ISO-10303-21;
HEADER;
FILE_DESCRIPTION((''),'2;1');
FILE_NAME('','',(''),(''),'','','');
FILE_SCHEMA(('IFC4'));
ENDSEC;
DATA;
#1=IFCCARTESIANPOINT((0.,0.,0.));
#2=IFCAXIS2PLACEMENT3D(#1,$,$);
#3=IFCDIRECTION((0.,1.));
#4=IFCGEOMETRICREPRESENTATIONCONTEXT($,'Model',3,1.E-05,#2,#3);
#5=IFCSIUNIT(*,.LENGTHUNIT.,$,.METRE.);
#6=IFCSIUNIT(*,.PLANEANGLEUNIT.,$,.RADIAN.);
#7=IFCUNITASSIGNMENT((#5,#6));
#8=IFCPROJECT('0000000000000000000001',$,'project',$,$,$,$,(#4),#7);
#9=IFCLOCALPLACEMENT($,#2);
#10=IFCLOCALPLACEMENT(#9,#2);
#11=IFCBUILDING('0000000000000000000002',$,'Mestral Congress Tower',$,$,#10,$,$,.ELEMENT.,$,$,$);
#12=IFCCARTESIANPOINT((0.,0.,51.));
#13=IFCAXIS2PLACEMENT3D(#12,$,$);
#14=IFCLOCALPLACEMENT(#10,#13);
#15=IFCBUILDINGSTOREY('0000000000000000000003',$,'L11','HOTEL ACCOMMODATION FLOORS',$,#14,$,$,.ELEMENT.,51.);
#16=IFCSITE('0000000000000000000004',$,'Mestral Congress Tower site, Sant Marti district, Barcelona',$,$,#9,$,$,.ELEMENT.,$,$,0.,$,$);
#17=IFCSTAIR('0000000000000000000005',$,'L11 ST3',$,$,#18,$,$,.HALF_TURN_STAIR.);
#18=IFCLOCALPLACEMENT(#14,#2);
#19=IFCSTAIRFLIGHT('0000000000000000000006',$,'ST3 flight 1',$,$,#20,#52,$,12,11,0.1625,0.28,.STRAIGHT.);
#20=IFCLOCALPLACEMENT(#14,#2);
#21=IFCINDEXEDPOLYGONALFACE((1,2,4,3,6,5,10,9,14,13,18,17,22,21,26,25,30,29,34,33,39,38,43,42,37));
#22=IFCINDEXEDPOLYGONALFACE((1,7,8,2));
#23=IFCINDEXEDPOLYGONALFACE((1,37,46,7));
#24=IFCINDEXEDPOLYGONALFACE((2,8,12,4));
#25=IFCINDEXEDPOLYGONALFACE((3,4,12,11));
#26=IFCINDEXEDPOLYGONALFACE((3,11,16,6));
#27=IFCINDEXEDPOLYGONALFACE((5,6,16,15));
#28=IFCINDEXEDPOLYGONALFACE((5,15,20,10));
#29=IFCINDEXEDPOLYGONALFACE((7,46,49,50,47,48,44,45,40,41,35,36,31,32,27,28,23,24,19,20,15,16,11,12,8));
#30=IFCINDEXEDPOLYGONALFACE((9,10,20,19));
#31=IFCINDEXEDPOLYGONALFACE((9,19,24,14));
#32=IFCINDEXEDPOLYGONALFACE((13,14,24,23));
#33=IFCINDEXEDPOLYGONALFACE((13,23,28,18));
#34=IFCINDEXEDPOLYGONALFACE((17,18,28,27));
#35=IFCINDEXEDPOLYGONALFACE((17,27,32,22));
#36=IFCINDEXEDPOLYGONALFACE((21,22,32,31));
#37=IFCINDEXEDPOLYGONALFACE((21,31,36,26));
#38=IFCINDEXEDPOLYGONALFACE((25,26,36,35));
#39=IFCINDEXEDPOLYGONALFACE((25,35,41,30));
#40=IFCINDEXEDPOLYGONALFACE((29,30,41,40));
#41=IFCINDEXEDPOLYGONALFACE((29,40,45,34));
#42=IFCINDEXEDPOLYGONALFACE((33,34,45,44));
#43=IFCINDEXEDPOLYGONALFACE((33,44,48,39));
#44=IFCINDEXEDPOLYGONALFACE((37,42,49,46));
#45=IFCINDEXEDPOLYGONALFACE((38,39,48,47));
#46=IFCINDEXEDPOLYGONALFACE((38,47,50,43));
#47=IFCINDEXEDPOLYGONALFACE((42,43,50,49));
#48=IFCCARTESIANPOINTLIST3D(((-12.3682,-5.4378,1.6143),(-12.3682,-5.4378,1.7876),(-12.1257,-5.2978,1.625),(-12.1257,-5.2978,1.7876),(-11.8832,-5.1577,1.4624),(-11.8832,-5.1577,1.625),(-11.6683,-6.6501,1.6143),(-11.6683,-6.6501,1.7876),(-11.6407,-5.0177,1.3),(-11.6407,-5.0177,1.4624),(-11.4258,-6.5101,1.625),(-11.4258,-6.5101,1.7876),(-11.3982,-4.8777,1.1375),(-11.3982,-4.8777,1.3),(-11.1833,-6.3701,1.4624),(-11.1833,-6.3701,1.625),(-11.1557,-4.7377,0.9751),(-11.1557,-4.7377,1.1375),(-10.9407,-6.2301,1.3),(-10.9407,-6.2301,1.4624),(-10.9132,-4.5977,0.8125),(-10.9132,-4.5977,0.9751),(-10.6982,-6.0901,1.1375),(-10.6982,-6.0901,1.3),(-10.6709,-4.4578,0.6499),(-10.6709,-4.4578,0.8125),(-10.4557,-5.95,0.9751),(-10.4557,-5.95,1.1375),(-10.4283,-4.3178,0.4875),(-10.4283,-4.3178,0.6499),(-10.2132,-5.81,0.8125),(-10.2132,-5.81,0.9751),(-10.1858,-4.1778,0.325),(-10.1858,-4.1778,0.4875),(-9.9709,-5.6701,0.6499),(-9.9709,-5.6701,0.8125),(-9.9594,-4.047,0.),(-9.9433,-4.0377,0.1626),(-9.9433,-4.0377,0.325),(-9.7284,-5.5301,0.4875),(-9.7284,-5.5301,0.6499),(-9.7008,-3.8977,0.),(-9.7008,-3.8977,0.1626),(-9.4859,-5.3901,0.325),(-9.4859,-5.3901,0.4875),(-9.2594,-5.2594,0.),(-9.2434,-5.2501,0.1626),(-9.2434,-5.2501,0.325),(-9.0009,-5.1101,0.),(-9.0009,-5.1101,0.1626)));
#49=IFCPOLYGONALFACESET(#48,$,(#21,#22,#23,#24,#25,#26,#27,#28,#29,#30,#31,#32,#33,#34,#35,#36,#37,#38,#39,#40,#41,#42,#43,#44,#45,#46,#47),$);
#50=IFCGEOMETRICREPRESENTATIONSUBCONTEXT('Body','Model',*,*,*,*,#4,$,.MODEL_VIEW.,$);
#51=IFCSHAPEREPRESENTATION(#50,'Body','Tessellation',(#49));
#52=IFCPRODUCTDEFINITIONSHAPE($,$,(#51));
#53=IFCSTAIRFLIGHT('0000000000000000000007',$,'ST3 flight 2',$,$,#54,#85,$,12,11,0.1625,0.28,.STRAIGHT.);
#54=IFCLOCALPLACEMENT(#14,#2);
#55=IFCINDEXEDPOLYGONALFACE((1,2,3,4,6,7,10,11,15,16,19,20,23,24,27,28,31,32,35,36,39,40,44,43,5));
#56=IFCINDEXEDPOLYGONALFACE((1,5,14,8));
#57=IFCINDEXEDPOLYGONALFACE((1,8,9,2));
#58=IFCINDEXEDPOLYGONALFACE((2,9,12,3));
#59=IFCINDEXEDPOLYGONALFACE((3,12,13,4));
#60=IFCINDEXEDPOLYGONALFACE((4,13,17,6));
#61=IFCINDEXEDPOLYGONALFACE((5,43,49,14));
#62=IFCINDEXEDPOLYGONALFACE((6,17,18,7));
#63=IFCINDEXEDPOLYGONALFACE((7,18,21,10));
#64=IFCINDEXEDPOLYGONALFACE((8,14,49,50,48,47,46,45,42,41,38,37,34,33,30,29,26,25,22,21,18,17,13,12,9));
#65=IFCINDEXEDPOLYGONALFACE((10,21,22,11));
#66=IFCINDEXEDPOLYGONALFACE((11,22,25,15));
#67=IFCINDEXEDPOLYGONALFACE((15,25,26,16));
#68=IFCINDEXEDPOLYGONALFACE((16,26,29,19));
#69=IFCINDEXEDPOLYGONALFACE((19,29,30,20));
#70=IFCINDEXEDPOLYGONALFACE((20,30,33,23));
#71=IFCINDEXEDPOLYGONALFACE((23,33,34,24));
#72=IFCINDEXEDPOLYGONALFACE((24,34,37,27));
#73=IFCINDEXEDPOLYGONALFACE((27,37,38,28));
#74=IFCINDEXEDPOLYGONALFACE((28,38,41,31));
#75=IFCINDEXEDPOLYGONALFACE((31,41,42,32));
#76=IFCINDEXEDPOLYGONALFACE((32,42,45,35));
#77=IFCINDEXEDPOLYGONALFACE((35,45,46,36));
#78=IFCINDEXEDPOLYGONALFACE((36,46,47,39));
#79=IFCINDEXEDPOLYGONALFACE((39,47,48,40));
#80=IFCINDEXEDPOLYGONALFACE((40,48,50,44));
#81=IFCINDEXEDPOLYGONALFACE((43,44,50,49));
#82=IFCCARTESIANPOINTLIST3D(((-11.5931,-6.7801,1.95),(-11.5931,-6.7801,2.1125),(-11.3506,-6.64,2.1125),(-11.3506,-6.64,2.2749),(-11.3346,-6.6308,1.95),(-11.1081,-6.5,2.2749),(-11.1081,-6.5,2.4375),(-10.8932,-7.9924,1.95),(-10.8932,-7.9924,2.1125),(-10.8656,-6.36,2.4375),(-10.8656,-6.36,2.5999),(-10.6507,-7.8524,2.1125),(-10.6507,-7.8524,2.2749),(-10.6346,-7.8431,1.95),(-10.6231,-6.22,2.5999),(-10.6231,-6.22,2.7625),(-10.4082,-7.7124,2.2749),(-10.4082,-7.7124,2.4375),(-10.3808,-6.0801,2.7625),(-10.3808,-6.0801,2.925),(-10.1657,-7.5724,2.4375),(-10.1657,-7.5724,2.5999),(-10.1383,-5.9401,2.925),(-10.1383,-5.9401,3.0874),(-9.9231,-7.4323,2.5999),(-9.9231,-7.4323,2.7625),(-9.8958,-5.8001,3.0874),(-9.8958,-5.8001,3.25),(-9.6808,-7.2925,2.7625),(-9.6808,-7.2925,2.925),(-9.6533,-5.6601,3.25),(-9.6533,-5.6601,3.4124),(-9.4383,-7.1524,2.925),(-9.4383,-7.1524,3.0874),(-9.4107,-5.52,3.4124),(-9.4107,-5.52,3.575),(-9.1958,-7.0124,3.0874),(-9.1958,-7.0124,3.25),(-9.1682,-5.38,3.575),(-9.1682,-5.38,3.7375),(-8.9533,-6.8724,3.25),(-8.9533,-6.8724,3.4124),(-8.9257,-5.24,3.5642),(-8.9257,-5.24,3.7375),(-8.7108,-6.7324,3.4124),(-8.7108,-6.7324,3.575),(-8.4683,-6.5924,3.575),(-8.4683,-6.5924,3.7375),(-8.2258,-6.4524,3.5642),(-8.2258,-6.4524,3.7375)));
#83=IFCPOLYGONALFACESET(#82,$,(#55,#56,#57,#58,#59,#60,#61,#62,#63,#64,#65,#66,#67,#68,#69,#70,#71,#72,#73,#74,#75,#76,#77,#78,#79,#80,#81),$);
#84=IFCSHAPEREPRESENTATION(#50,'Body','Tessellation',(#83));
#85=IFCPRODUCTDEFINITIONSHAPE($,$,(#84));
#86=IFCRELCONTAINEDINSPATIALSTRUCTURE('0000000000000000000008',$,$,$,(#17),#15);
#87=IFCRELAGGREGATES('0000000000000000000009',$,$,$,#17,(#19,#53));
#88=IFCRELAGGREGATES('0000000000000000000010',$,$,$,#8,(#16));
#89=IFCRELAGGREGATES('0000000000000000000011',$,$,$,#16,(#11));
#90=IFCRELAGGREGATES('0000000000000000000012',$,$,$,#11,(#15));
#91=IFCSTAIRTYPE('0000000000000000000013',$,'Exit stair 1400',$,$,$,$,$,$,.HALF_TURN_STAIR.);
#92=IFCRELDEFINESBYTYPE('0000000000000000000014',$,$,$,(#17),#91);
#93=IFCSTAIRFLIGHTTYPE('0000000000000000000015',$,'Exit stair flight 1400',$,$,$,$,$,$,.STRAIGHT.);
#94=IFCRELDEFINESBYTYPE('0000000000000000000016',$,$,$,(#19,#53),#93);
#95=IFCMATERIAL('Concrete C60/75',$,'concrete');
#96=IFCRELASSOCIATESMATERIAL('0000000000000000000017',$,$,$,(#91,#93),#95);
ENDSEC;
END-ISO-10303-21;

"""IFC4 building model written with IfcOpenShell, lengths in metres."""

from ifc_helpers import new_model, si_unit, direction, frame, origin, place, context, subcontext, project, spatial, polyline, outline, extrude, material, type_object, element, aggregate, save


model = new_model("IFC4")

# Units and contexts
model_context = context("Model", 3, precision=1e-05, world=origin(), true_north=direction((0.0, 1.0)))
body_context = subcontext(model_context, "Body", "Model", "MODEL_VIEW")
ifc_project = project(units=[si_unit("LENGTHUNIT", "METRE"), si_unit("PLANEANGLEUNIT", "RADIAN")], contexts=[model_context])

# Site, building, storey
site_placement = place(None, origin())
site = spatial("IfcSite", under=ifc_project, at=site_placement, Name="Mestral Congress Tower site, Sant Marti district, Barcelona", CompositionType="ELEMENT", RefElevation=0.0)
building_placement = place(site_placement, origin())
building = spatial("IfcBuilding", under=site, at=building_placement, Name="Mestral Congress Tower", CompositionType="ELEMENT")
storey_placement = place(building_placement, frame((0.0, 0.0, 51.0)))
storey = spatial("IfcBuildingStorey", under=building, at=storey_placement, Name="L11", Description="HOTEL ACCOMMODATION FLOORS", CompositionType="ELEMENT", Elevation=51.0)

# Shared definitions
ifc_material_1 = material(Name="Concrete C60/75", Category="concrete")

# Stair, stair flights
stair_type = type_object("IfcStairType", Name="Exit stair 1400", PredefinedType="HALF_TURN_STAIR", material=ifc_material_1)
stair_placement = place(storey_placement, origin())
stair = element("IfcStair", 1, at=stair_placement, inside=storey, type_object=stair_type, Name="L11 ST3", PredefinedType="HALF_TURN_STAIR")
stair_flight_type = type_object("IfcStairFlightType", Name="Exit stair flight 1400", PredefinedType="STRAIGHT", material=ifc_material_1)
stair_flight_1_placement = place(storey_placement, frame((-9.3508, -4.5039, 0.0), z_axis=(0.0, 0.0, 1.0), x_axis=(-0.866025, -0.5, 0.0)))
stair_flight_1 = element("IfcStairFlight", 2, at=stair_flight_1_placement, type_object=stair_flight_type, Name="ST3 flight 1", NumberOfRisers=12, NumberOfTreads=11, PredefinedType="STRAIGHT", RiserHeight=0.1625, TreadLength=0.28, context=body_context, shape_type="SweptSolid", body=[
    extrude(outline(polyline([(0.0, 0.0), (0.0, 0.1626), (0.28, 0.1626), (0.28, 0.325), (0.5601, 0.325), (0.5601, 0.4875), (0.8401, 0.4875), (0.8401, 0.6499), (1.1201, 0.6499), (1.1201, 0.8125), (1.3999, 0.8125), (1.3999, 0.9751), (1.6799, 0.9751), (1.6799, 1.1375), (1.96, 1.1375), (1.96, 1.3), (2.24, 1.3), (2.24, 1.4624), (2.52, 1.4624), (2.52, 1.625), (2.8, 1.625), (2.8, 1.7876), (3.0801, 1.7876), (3.0801, 1.95), (3.0801, 1.6143), (0.2986, 0.0), (0.0, 0.0)])), frame((0.0, 0.7, 0.0), z_axis=(0.0, -1.0, 0.0), x_axis=(1.0, 0.0, 0.0)), (0.0, 0.0, 1.0), 1.3999),
])
stair_flight_2_placement = place(storey_placement, frame((-11.2432, -7.3862, 1.95), z_axis=(0.0, 0.0, 1.0), x_axis=(0.866025, 0.5, 0.0)))
stair_flight_2 = element("IfcStairFlight", 3, at=stair_flight_2_placement, type_object=stair_flight_type, Name="ST3 flight 2", NumberOfRisers=12, NumberOfTreads=11, PredefinedType="STRAIGHT", RiserHeight=0.1625, TreadLength=0.28, context=body_context, shape_type="SweptSolid", body=[
    extrude(outline(polyline([(0.0, 0.0), (0.0, 0.1626), (0.28, 0.1626), (0.28, 0.325), (0.5601, 0.325), (0.5601, 0.4875), (0.8401, 0.4875), (0.8401, 0.6499), (1.1201, 0.6499), (1.1201, 0.8125), (1.3999, 0.8125), (1.3999, 0.9751), (1.6799, 0.9751), (1.6799, 1.1375), (1.96, 1.1375), (1.96, 1.3), (2.24, 1.3), (2.24, 1.4624), (2.52, 1.4624), (2.52, 1.625), (2.8, 1.625), (2.8, 1.7876), (3.0801, 1.7876), (3.0801, 1.95), (3.0801, 1.6143), (0.2986, 0.0), (0.0, 0.0)])), frame((0.0, 0.7, 0.0), z_axis=(0.0, -1.0, 0.0), x_axis=(1.0, 0.0, 0.0)), (0.0, 0.0, 1.0), 1.3999),
])
aggregate(stair, [stair_flight_1, stair_flight_2])

save(model, "model.ifc")
